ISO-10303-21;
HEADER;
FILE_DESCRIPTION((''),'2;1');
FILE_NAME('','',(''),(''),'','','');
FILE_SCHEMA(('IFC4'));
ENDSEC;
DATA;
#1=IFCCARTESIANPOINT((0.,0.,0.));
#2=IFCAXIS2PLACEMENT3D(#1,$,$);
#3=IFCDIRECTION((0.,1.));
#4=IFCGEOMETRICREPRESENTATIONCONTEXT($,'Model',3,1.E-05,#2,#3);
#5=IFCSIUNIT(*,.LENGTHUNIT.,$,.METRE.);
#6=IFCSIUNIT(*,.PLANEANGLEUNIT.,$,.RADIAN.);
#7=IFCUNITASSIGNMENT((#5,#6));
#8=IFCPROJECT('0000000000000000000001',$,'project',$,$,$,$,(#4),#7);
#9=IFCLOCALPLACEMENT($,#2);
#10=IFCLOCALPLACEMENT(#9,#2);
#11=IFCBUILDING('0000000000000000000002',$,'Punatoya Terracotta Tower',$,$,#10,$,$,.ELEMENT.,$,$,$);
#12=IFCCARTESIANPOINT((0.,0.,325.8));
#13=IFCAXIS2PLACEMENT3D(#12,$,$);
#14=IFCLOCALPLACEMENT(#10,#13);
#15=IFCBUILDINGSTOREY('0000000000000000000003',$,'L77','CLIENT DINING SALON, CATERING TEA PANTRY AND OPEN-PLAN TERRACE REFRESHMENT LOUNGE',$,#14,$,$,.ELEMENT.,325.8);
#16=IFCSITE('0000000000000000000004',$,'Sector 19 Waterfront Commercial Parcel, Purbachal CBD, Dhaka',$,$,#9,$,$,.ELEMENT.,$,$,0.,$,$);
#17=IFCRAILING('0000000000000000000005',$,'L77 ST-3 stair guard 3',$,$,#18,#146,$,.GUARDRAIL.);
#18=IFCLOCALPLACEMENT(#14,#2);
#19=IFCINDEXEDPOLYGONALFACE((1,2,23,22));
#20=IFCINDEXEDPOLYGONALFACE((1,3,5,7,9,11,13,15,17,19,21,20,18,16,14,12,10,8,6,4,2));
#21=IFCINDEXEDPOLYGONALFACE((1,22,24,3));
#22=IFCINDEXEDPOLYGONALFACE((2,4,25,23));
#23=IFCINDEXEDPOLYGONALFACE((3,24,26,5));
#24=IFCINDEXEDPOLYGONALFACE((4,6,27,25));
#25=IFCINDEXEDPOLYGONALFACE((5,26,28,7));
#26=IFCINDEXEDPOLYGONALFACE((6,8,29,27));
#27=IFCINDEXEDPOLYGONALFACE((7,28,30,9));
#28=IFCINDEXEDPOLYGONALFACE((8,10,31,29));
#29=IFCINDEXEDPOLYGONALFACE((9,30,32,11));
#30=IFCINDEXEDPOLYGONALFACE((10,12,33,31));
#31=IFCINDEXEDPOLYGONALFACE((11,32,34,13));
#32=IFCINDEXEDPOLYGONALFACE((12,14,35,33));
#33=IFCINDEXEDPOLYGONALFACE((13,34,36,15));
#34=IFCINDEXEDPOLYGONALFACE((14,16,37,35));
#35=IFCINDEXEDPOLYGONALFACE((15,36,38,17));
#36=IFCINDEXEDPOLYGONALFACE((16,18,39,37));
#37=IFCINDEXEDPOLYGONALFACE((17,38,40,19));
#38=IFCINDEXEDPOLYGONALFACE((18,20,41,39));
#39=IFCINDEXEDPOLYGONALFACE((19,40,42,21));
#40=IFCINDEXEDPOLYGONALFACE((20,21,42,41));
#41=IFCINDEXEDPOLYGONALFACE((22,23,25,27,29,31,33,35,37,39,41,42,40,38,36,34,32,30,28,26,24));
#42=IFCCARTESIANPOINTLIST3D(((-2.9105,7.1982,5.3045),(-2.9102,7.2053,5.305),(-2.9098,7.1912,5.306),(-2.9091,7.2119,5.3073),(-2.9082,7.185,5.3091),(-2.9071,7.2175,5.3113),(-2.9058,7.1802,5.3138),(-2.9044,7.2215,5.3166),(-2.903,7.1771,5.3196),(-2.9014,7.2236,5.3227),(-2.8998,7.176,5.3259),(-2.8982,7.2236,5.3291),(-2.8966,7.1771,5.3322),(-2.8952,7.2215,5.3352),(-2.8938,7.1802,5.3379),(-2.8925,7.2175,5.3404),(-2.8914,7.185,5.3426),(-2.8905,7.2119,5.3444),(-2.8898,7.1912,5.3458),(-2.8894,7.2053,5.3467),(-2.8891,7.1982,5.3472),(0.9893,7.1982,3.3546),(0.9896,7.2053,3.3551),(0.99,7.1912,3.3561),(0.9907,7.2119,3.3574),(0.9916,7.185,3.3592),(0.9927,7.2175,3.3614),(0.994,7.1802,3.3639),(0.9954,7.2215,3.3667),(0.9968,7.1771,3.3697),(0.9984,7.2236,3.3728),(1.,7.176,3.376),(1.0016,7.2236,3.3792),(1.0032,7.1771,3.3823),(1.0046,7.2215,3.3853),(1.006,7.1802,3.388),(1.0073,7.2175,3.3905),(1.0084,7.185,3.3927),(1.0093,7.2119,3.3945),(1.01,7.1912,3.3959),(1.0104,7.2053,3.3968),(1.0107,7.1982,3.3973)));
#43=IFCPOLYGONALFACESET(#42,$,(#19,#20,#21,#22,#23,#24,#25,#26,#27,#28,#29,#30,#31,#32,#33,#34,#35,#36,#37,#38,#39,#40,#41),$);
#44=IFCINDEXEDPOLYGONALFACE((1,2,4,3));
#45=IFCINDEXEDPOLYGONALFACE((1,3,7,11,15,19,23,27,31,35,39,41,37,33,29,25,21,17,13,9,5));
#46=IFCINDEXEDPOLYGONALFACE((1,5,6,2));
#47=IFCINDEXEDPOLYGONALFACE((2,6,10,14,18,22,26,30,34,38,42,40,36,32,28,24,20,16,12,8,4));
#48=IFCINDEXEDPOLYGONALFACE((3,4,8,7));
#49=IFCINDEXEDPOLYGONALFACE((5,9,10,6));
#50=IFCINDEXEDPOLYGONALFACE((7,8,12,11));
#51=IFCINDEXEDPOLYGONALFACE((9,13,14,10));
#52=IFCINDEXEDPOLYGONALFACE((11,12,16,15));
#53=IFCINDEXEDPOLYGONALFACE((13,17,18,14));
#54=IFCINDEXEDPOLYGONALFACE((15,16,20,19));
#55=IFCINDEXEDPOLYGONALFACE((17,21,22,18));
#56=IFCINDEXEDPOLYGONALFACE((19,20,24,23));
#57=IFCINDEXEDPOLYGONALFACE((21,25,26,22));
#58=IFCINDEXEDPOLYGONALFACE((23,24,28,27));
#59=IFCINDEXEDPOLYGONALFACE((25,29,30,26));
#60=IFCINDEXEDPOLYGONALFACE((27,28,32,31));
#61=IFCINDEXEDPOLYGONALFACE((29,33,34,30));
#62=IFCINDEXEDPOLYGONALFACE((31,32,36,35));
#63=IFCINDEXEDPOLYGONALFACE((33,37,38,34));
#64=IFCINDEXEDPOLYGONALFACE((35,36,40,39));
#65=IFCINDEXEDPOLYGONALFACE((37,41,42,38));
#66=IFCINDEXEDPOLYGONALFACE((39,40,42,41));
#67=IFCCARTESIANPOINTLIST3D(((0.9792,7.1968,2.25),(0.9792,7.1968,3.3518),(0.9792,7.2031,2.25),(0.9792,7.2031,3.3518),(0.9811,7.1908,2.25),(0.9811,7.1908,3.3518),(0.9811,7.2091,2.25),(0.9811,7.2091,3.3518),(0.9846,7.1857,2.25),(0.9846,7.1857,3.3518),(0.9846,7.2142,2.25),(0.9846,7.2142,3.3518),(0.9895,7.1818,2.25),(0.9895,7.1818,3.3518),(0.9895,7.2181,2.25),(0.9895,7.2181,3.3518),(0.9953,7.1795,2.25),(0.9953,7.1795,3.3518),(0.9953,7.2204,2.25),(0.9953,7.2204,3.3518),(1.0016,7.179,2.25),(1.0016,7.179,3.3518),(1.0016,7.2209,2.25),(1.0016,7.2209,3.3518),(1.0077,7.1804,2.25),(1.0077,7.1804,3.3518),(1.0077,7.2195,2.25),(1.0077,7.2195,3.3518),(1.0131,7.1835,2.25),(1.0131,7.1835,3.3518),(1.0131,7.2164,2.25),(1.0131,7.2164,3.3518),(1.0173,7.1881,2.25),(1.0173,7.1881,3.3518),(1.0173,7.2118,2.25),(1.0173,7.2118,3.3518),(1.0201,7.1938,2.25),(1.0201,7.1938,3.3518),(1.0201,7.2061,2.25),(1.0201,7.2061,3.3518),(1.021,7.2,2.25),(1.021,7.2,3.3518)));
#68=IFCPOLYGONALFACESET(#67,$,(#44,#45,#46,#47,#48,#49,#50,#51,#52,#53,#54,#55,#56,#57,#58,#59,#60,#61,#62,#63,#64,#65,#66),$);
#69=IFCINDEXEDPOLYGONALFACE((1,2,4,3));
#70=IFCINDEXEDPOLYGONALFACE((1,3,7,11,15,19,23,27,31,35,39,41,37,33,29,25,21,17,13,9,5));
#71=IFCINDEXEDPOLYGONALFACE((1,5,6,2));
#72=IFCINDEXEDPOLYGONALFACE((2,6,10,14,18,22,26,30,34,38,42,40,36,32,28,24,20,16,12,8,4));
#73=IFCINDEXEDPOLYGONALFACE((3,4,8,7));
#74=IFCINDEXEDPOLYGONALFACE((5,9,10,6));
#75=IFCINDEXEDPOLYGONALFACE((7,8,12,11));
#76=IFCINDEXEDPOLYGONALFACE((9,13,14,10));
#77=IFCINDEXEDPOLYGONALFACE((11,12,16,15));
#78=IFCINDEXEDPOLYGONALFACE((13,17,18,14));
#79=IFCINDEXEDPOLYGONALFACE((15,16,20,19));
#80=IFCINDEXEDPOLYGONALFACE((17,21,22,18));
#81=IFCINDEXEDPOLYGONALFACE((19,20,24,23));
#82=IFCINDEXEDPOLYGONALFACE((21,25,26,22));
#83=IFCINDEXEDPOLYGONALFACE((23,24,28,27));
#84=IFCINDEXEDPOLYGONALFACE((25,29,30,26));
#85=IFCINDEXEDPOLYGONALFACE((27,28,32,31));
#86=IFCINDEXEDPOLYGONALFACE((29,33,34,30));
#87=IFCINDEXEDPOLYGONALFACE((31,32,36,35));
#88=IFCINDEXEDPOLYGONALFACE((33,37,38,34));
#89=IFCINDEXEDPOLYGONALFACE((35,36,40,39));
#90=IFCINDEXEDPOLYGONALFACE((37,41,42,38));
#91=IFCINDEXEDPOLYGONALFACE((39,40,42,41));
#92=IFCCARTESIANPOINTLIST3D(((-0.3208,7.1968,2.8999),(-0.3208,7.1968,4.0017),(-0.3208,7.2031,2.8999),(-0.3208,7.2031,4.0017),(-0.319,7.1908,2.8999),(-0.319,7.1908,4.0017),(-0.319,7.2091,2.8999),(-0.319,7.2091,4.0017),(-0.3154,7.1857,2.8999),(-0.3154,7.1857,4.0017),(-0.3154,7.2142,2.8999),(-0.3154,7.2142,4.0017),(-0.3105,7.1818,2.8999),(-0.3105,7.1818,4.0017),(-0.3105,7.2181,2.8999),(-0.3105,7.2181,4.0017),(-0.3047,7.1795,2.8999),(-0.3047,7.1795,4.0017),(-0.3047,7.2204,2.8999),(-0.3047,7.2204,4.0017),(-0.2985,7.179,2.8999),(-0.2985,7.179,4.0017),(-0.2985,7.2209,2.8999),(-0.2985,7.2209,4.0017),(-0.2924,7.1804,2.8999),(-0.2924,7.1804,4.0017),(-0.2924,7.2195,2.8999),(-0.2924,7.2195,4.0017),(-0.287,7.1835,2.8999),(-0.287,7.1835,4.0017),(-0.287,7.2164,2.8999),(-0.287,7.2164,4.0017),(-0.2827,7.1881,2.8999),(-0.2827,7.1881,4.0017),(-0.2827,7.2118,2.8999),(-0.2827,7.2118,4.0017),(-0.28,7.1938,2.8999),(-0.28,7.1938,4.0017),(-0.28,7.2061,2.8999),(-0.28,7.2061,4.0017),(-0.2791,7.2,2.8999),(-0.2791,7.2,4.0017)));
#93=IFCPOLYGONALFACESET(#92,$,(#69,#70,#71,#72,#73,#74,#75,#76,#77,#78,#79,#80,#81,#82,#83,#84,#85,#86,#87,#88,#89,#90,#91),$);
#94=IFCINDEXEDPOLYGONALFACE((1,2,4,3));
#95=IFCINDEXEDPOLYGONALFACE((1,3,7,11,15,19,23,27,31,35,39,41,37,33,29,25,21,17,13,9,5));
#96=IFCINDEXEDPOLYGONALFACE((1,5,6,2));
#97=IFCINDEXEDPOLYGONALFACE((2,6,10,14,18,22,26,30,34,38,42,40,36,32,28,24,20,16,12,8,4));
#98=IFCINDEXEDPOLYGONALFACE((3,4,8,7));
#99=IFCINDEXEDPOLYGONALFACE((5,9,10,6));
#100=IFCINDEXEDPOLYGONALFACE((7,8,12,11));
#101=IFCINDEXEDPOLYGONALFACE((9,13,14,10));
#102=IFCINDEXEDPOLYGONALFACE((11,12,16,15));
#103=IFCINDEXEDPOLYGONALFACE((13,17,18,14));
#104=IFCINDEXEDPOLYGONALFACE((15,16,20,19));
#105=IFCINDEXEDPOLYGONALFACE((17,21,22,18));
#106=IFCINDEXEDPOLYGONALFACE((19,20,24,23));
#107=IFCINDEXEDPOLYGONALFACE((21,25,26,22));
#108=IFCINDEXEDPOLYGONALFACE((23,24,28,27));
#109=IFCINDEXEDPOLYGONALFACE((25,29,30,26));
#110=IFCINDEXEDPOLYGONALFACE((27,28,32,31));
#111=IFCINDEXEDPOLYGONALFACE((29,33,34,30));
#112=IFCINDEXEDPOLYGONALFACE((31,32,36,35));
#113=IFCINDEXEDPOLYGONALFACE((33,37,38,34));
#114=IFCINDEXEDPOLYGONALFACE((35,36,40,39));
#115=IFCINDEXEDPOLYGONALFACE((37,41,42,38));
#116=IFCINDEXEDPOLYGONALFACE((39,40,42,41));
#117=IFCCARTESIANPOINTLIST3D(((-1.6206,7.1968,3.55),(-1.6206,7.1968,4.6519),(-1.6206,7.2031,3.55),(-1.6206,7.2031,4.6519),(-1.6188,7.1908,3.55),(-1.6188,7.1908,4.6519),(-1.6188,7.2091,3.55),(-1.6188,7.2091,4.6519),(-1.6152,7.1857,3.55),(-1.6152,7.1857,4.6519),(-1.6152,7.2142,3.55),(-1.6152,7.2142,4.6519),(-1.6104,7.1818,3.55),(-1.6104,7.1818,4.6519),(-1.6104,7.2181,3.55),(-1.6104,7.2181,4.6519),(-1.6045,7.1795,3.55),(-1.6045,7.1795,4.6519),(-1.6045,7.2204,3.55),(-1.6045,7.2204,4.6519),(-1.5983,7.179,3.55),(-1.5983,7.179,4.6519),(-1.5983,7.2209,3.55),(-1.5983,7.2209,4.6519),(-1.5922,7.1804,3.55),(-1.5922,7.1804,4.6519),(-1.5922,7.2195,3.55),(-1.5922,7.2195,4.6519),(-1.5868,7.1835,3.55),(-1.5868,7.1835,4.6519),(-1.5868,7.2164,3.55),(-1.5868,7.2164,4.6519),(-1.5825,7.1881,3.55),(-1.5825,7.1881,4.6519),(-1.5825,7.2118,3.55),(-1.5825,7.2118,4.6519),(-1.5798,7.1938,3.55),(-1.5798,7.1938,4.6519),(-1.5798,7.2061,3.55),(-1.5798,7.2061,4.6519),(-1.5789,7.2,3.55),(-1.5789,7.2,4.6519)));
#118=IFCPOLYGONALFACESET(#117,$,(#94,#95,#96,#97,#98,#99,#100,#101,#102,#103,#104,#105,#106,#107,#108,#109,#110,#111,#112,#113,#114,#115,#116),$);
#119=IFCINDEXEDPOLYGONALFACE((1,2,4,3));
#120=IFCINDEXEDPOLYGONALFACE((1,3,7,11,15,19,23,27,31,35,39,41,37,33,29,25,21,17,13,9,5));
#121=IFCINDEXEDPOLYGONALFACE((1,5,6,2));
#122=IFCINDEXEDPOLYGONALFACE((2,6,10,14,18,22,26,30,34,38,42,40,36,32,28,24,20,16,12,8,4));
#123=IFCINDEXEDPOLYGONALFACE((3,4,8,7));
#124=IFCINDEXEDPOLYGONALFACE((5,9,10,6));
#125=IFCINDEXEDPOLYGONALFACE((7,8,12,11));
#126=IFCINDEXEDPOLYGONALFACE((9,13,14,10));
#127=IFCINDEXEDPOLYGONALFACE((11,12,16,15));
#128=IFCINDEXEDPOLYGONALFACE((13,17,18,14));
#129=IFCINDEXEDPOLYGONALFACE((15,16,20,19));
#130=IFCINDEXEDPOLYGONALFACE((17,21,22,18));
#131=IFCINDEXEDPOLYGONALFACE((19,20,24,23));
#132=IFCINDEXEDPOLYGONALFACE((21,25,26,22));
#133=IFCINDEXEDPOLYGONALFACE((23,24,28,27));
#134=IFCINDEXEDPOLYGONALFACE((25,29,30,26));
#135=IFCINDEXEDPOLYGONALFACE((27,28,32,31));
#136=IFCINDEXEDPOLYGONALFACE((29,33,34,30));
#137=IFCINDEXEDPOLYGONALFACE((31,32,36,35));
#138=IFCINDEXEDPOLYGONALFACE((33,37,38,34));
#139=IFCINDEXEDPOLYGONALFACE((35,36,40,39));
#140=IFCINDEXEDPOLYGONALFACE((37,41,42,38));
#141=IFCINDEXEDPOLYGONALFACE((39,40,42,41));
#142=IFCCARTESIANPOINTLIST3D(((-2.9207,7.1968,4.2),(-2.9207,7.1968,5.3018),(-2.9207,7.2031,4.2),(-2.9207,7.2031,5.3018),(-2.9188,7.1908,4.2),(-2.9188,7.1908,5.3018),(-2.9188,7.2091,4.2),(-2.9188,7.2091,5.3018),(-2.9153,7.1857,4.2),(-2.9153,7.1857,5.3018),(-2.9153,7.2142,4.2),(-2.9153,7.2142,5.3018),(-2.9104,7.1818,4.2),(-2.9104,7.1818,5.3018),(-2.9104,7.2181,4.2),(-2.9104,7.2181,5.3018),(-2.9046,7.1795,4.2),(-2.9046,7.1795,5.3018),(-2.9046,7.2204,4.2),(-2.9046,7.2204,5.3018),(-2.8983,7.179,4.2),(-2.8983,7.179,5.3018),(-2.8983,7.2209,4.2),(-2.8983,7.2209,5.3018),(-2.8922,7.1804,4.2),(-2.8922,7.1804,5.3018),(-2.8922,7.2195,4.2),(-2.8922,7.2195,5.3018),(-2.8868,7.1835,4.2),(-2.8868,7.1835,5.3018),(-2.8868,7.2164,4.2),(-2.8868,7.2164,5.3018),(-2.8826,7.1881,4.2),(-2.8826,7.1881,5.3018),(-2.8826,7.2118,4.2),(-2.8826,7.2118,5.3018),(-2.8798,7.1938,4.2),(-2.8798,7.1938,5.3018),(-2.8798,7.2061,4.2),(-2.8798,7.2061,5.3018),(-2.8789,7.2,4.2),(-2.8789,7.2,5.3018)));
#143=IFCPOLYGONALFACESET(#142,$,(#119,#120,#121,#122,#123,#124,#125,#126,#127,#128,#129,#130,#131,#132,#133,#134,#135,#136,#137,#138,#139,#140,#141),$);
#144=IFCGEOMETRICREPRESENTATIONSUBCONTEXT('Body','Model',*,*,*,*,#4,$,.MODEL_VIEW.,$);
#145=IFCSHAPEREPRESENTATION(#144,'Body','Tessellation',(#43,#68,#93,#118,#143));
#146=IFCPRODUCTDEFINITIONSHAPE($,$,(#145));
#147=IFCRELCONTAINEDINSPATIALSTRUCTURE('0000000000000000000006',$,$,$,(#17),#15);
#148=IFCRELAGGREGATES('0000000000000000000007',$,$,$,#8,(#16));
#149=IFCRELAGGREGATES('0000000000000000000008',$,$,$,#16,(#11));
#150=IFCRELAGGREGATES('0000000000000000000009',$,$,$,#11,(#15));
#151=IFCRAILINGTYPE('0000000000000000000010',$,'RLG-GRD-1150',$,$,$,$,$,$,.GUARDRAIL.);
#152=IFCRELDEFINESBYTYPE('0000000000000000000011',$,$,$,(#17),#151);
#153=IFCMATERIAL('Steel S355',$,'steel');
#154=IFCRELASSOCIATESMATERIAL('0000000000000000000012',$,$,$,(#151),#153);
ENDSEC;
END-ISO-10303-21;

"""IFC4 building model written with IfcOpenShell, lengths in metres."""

from ifc_helpers import new_model, si_unit, direction, frame, origin, origin_2d, place, context, subcontext, project, spatial, circle, extrude, material, type_object, element, save


model = new_model("IFC4")

# Units and contexts
model_context = context("Model", 3, precision=1e-05, world=origin(), true_north=direction((0.0, 1.0)))
body_context = subcontext(model_context, "Body", "Model", "MODEL_VIEW")
ifc_project = project(units=[si_unit("LENGTHUNIT", "METRE"), si_unit("PLANEANGLEUNIT", "RADIAN")], contexts=[model_context])

# Site, building, storey
site_placement = place(None, origin())
site = spatial("IfcSite", under=ifc_project, at=site_placement, Name="Sector 19 Waterfront Commercial Parcel, Purbachal CBD, Dhaka", CompositionType="ELEMENT", RefElevation=0.0)
building_placement = place(site_placement, origin())
building = spatial("IfcBuilding", under=site, at=building_placement, Name="Punatoya Terracotta Tower", CompositionType="ELEMENT")
storey_placement = place(building_placement, frame((0.0, 0.0, 325.8)))
storey = spatial("IfcBuildingStorey", under=building, at=storey_placement, Name="L77", Description="CLIENT DINING SALON, CATERING TEA PANTRY AND OPEN-PLAN TERRACE REFRESHMENT LOUNGE", CompositionType="ELEMENT", Elevation=325.8)

# Shared definitions
ifc_material_1 = material(Name="Steel S355", Category="steel")

# Railing
railing_type_1 = type_object("IfcRailingType", Name="RLG-GRD-1150", PredefinedType="GUARDRAIL", material=ifc_material_1)
railing_1_placement = place(storey_placement, frame((1.0, 7.2, 2.25)))
element("IfcRailing", 1, at=railing_1_placement, inside=storey, type_object=railing_type_1, Name="L77 ST-3 stair guard 3", PredefinedType="GUARDRAIL", context=body_context, shape_type="SweptSolid", body=[
    extrude(circle(Radius=0.0239, at=origin_2d()), frame((0.0, 0.0, 1.126), z_axis=(-0.894427, 0.0, 0.447214), x_axis=(0.0, -1.0, 0.0)), (0.0, 0.0, 1.0), 4.3601),
    extrude(circle(Radius=0.021, at=origin_2d()), origin(), (0.0, 0.0, 1.0), 1.1018),
    extrude(circle(Radius=0.021, at=origin_2d()), frame((-1.3, 0.0, 0.6499)), (0.0, 0.0, 1.0), 1.1018),
    extrude(circle(Radius=0.021, at=origin_2d()), frame((-2.5999, 0.0, 1.3)), (0.0, 0.0, 1.0), 1.1018),
    extrude(circle(Radius=0.021, at=origin_2d()), frame((-3.8999, 0.0, 1.95)), (0.0, 0.0, 1.0), 1.1018),
])

save(model, "model.ifc")
